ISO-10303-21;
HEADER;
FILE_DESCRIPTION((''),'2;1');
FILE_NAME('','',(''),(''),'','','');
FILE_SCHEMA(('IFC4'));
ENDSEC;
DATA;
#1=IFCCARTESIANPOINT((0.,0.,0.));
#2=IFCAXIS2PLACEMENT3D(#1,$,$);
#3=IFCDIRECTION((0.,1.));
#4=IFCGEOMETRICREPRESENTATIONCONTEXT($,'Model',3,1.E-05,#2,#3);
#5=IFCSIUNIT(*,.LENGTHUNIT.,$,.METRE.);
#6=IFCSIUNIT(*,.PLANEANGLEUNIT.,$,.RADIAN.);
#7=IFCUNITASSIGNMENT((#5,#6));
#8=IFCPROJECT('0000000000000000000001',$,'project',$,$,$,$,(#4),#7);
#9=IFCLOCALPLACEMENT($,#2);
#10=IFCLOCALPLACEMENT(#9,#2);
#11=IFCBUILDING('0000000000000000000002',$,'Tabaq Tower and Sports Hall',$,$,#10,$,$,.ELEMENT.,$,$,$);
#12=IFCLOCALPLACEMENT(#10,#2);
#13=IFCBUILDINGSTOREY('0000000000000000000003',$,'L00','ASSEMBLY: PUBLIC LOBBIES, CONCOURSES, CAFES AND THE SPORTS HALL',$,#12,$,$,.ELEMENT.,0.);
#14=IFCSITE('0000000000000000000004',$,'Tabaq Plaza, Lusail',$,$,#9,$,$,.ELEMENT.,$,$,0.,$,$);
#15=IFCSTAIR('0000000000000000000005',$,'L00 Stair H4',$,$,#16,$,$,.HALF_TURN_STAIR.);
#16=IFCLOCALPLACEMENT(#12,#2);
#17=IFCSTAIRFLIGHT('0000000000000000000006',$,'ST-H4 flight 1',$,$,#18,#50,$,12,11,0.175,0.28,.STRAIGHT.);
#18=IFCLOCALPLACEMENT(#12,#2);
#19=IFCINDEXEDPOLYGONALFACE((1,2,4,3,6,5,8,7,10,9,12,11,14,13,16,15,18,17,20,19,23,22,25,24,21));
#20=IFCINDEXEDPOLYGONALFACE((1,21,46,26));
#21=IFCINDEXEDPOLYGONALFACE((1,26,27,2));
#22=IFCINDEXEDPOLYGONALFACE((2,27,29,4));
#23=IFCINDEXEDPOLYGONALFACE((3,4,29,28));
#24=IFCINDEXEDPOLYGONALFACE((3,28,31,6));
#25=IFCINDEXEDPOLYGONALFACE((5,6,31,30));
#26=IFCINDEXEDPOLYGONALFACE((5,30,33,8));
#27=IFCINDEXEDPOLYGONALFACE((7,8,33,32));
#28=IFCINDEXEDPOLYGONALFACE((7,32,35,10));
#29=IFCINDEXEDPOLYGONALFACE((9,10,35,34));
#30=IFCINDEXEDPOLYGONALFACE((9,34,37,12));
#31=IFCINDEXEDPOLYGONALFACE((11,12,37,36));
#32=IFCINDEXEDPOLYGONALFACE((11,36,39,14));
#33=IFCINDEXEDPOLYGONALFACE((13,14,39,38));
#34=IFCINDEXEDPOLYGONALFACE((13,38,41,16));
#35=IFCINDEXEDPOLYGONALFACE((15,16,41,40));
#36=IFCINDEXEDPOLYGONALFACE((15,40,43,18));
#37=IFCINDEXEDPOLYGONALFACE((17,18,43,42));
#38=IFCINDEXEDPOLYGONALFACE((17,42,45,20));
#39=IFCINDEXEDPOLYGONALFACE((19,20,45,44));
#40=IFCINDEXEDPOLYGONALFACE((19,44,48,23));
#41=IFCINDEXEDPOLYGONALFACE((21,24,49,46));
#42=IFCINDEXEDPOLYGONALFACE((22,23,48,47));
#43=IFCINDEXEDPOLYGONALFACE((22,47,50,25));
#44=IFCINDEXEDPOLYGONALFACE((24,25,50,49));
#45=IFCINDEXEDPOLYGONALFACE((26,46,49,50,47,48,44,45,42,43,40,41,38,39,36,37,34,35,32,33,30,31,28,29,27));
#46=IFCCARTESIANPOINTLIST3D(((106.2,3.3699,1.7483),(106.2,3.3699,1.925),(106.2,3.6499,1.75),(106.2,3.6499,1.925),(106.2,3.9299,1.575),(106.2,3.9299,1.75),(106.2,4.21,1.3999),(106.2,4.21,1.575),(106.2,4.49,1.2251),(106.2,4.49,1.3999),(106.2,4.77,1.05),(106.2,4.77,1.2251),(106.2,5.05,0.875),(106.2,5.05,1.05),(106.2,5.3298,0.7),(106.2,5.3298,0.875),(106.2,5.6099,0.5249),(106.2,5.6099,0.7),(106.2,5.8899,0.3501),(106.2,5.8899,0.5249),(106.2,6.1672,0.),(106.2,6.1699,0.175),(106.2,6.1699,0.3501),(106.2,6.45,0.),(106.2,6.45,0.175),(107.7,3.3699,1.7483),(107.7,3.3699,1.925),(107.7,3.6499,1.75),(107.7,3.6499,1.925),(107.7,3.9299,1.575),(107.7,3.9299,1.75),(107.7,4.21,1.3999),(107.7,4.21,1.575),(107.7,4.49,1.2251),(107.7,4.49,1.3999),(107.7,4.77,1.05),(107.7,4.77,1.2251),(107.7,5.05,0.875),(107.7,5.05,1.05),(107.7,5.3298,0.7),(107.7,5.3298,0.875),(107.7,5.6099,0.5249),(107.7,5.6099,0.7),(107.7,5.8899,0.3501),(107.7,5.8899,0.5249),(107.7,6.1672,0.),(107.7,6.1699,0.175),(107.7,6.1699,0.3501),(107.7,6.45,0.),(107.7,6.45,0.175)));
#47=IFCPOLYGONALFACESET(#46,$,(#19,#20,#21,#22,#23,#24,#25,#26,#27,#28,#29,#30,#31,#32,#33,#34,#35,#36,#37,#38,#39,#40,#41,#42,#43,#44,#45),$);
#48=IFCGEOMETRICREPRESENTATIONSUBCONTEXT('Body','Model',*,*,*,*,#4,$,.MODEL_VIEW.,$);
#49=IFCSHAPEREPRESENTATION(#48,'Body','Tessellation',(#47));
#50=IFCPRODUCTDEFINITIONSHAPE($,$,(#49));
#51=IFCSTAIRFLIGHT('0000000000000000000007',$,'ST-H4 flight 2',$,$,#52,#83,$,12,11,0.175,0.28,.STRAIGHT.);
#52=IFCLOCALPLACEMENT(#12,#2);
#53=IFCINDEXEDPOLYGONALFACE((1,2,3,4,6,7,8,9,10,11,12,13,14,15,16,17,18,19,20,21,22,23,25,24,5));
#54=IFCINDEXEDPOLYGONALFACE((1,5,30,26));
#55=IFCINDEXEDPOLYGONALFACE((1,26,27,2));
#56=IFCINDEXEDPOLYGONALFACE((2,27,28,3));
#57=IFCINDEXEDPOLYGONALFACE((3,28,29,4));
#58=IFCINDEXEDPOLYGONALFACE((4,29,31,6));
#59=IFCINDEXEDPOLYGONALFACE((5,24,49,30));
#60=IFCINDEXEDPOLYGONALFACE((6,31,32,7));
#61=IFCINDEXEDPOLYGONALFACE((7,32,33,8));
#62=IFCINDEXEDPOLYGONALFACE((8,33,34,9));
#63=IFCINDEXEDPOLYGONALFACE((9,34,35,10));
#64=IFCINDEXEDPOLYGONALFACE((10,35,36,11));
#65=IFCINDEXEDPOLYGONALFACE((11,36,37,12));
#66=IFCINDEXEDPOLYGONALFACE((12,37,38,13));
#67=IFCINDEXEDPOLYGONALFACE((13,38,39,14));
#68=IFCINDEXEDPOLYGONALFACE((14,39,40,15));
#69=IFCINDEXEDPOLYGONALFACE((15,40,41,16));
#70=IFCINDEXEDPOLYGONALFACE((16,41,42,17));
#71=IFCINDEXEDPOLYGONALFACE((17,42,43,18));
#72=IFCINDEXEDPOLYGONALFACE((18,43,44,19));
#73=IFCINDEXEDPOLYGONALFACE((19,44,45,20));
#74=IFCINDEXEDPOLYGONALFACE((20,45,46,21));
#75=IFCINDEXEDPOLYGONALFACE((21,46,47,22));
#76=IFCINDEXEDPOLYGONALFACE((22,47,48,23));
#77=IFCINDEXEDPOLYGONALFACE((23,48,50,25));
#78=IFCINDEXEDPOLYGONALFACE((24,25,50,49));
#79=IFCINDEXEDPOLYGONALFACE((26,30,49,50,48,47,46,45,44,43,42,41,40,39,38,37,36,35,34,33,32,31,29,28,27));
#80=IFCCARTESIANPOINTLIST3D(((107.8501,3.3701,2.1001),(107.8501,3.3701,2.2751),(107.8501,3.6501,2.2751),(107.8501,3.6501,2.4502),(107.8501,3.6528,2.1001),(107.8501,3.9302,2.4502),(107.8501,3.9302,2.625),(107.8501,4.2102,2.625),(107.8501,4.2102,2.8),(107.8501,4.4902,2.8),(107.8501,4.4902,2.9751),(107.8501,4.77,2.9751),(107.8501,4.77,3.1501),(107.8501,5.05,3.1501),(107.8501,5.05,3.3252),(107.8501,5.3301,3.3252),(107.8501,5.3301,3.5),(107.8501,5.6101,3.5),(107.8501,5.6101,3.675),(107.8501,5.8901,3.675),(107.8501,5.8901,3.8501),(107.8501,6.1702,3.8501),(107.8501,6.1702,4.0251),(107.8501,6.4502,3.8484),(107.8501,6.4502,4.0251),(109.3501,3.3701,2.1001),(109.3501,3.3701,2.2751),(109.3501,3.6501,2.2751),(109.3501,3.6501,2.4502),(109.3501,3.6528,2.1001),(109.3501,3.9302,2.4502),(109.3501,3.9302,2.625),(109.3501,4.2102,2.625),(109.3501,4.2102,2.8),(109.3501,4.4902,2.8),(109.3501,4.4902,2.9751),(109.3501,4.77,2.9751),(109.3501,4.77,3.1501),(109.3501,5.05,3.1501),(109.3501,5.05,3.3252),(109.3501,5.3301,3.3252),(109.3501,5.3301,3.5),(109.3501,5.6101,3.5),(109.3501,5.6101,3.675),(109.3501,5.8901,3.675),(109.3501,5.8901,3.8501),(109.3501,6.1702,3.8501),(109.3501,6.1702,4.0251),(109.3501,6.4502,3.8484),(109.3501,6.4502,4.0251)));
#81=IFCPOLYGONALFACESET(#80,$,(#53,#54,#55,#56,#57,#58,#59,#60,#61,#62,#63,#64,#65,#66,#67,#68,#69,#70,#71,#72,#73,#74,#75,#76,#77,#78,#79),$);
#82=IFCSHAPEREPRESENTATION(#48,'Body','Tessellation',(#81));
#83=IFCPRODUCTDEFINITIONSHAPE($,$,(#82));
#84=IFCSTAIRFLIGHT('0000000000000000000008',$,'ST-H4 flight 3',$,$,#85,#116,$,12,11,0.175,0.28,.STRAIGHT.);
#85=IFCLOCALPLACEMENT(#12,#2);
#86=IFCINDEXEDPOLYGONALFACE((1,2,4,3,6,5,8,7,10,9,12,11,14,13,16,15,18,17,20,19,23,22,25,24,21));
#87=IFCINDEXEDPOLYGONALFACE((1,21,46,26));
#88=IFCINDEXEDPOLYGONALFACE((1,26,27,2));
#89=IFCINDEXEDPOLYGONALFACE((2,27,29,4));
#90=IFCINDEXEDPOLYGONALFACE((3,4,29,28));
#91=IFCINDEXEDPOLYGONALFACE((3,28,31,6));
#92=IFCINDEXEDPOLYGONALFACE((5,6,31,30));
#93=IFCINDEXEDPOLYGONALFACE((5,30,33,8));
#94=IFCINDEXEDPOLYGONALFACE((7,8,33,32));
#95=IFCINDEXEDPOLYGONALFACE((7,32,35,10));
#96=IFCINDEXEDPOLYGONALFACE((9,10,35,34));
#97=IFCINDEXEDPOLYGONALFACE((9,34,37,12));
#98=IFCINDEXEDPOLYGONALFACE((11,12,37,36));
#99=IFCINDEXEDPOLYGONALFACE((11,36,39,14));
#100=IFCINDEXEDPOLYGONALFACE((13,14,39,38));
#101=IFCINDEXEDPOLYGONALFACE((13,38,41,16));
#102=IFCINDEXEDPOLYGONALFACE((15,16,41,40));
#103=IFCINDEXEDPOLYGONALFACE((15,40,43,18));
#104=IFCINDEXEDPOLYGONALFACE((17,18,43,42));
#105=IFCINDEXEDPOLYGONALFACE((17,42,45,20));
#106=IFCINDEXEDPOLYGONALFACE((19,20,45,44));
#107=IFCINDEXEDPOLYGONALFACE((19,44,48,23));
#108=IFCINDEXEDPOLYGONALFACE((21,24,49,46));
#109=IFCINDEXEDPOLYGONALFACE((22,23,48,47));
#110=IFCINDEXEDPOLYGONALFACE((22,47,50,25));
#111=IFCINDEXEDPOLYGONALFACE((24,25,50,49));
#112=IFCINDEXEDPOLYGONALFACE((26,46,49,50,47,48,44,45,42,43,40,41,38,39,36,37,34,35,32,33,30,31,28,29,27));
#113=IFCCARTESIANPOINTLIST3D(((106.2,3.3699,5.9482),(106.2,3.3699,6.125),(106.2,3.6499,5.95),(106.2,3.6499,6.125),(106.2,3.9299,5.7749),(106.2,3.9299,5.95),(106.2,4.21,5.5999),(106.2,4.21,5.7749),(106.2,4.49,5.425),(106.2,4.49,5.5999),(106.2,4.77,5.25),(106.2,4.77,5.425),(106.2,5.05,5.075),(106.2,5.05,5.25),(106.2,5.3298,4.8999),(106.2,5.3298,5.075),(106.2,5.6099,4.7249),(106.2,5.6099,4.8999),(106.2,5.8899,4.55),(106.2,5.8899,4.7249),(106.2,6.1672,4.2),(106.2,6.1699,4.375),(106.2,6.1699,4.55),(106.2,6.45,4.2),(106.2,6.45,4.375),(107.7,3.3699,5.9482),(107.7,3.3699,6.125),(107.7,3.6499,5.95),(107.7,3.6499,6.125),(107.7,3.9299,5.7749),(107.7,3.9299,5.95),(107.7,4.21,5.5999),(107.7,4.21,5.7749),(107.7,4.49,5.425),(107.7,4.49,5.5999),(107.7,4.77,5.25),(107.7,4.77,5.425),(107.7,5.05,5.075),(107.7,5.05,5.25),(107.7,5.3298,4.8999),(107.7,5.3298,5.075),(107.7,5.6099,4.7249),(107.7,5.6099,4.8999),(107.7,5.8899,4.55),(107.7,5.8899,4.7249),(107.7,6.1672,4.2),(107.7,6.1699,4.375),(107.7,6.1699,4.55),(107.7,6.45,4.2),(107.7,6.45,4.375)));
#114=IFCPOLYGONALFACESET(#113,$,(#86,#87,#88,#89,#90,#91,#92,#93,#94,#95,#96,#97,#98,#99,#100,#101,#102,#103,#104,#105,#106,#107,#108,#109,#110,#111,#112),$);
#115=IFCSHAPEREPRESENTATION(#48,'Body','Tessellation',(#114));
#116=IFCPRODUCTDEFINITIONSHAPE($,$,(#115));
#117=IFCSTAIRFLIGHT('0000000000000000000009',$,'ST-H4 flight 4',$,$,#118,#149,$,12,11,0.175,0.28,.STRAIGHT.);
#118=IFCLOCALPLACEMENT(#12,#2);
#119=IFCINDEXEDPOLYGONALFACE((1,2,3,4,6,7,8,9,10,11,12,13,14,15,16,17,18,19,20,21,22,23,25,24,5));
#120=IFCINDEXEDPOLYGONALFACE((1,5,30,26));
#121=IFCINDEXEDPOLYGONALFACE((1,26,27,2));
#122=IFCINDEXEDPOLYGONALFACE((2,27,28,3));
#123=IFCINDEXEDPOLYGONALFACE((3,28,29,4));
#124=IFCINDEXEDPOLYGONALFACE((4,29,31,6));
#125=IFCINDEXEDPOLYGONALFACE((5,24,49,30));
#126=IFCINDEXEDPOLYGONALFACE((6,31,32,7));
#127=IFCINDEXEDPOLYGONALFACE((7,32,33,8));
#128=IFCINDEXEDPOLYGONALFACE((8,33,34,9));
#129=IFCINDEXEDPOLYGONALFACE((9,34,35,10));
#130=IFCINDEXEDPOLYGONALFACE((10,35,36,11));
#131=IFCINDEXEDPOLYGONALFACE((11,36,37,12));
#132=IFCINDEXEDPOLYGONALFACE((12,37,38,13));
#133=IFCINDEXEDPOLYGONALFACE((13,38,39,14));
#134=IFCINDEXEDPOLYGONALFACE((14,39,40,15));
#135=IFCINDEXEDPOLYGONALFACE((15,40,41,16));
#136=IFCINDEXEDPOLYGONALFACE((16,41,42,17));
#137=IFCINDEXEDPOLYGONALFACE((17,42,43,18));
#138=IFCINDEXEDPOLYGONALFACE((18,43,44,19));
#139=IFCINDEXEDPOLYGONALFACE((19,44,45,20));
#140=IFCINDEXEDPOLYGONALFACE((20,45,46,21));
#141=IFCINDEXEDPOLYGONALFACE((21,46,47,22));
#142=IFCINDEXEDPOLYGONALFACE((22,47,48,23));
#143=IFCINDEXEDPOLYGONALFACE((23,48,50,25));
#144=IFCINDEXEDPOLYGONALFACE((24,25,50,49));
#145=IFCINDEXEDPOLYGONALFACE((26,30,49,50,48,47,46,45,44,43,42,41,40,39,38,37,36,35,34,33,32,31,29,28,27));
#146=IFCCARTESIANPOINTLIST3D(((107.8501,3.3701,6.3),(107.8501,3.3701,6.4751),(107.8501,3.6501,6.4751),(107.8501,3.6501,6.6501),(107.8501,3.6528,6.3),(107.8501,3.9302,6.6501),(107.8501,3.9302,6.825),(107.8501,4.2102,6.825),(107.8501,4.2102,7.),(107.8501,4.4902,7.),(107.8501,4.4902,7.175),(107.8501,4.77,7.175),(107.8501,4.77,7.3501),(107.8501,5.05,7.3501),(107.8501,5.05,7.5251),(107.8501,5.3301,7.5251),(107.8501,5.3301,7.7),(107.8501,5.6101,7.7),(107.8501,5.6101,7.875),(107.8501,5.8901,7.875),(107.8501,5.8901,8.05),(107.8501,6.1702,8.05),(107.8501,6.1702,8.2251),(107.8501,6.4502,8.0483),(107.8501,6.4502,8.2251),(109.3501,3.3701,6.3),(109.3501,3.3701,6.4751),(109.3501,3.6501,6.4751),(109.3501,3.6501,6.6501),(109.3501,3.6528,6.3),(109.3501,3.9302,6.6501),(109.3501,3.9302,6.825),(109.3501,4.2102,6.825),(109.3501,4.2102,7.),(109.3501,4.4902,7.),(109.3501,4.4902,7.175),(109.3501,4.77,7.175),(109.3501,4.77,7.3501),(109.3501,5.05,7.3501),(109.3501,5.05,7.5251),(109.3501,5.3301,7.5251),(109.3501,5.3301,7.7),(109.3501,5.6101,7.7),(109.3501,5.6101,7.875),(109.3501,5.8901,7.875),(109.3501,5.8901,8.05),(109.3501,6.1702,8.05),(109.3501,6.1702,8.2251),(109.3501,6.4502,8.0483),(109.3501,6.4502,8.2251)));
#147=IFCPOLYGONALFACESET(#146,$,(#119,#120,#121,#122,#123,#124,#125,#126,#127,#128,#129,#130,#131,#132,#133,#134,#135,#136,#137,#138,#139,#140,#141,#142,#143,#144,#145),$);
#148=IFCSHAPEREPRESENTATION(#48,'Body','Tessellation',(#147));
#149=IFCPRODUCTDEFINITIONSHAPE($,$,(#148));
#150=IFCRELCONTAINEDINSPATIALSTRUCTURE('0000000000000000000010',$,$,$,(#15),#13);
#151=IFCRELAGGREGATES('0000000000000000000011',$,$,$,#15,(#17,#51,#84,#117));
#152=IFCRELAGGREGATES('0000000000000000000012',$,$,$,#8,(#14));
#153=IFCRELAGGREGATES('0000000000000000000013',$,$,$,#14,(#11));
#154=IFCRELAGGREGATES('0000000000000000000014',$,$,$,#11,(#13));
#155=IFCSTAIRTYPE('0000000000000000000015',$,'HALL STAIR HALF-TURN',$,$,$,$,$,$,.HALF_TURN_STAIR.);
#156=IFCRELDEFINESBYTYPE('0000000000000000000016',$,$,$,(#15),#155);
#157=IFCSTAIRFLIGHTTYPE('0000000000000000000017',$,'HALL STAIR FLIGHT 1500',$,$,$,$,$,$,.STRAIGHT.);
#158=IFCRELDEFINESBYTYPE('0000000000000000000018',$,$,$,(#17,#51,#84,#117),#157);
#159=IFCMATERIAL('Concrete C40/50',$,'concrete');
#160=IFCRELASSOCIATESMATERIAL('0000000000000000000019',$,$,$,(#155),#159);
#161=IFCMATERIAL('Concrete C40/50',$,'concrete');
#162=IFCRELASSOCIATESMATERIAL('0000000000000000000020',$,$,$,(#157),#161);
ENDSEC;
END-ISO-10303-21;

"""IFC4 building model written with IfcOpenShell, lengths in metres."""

from ifc_helpers import new_model, si_unit, direction, frame, origin, place, context, subcontext, project, spatial, polyline, outline, extrude, material, type_object, element, aggregate, save


model = new_model("IFC4")

# Units and contexts
model_context = context("Model", 3, precision=1e-05, world=origin(), true_north=direction((0.0, 1.0)))
body_context = subcontext(model_context, "Body", "Model", "MODEL_VIEW")
ifc_project = project(units=[si_unit("LENGTHUNIT", "METRE"), si_unit("PLANEANGLEUNIT", "RADIAN")], contexts=[model_context])

# Site, building, storey
site_placement = place(None, origin())
site = spatial("IfcSite", under=ifc_project, at=site_placement, Name="Tabaq Plaza, Lusail", CompositionType="ELEMENT", RefElevation=0.0)
building_placement = place(site_placement, origin())
building = spatial("IfcBuilding", under=site, at=building_placement, Name="Tabaq Tower and Sports Hall", CompositionType="ELEMENT")
storey_placement = place(building_placement, origin())
storey = spatial("IfcBuildingStorey", under=building, at=storey_placement, Name="L00", Description="ASSEMBLY: PUBLIC LOBBIES, CONCOURSES, CAFES AND THE SPORTS HALL", CompositionType="ELEMENT", Elevation=0.0)

# Stair, stair flights
ifc_material_1 = material(Name="Concrete C40/50", Category="concrete")
stair_type = type_object("IfcStairType", Name="HALL STAIR HALF-TURN", PredefinedType="HALF_TURN_STAIR", material=ifc_material_1)
ifc_material_2 = material(Name="Concrete C40/50", Category="concrete")
stair_flight_type = type_object("IfcStairFlightType", Name="HALL STAIR FLIGHT 1500", PredefinedType="STRAIGHT", material=ifc_material_2)
stair_1_placement = place(storey_placement, origin())
stair_1 = element("IfcStair", 1, at=stair_1_placement, inside=storey, type_object=stair_type, Name="L00 Stair H4", PredefinedType="HALF_TURN_STAIR")
stair_flight_1_placement = place(storey_placement, frame((106.95, 6.45, 0.0), z_axis=(0.0, 0.0, 1.0), x_axis=(0.0, -1.0, 0.0)))
stair_flight_1 = element("IfcStairFlight", 2, at=stair_flight_1_placement, type_object=stair_flight_type, Name="ST-H4 flight 1", NumberOfRisers=12, NumberOfTreads=11, PredefinedType="STRAIGHT", RiserHeight=0.175, TreadLength=0.28, context=body_context, shape_type="SweptSolid", body=[
    extrude(outline(polyline([(0.0, 0.0), (0.0, 0.175), (0.28, 0.175), (0.28, 0.3501), (0.5601, 0.3501), (0.5601, 0.5249), (0.8401, 0.5249), (0.8401, 0.7), (1.1201, 0.7), (1.1201, 0.875), (1.3999, 0.875), (1.3999, 1.05), (1.6799, 1.05), (1.6799, 1.2251), (1.96, 1.2251), (1.96, 1.3999), (2.24, 1.3999), (2.24, 1.575), (2.52, 1.575), (2.52, 1.75), (2.8, 1.75), (2.8, 1.925), (3.0801, 1.925), (3.0801, 2.1001), (3.0801, 1.7483), (0.2827, 0.0), (0.0, 0.0)])), frame((0.0, 0.75, 0.0), z_axis=(0.0, -1.0, 0.0), x_axis=(1.0, 0.0, 0.0)), (0.0, 0.0, 1.0), 1.5),
])
stair_flight_2_placement = place(storey_placement, frame((108.6001, 3.3701, 2.1001), z_axis=(0.0, 0.0, 1.0), x_axis=(0.0, 1.0, 0.0)))
stair_flight_2 = element("IfcStairFlight", 3, at=stair_flight_2_placement, type_object=stair_flight_type, Name="ST-H4 flight 2", NumberOfRisers=12, NumberOfTreads=11, PredefinedType="STRAIGHT", RiserHeight=0.175, TreadLength=0.28, context=body_context, shape_type="SweptSolid", body=[
    extrude(outline(polyline([(0.0, 0.0), (0.0, 0.175), (0.28, 0.175), (0.28, 0.3501), (0.5601, 0.3501), (0.5601, 0.5249), (0.8401, 0.5249), (0.8401, 0.7), (1.1201, 0.7), (1.1201, 0.875), (1.3999, 0.875), (1.3999, 1.05), (1.6799, 1.05), (1.6799, 1.2251), (1.96, 1.2251), (1.96, 1.3999), (2.24, 1.3999), (2.24, 1.575), (2.52, 1.575), (2.52, 1.75), (2.8, 1.75), (2.8, 1.925), (3.0801, 1.925), (3.0801, 2.1001), (3.0801, 1.7483), (0.2827, 0.0), (0.0, 0.0)])), frame((0.0, 0.75, 0.0), z_axis=(0.0, -1.0, 0.0), x_axis=(1.0, 0.0, 0.0)), (0.0, 0.0, 1.0), 1.5),
])
stair_flight_3_placement = place(storey_placement, frame((106.95, 6.45, 4.2), z_axis=(0.0, 0.0, 1.0), x_axis=(0.0, -1.0, 0.0)))
stair_flight_3 = element("IfcStairFlight", 4, at=stair_flight_3_placement, type_object=stair_flight_type, Name="ST-H4 flight 3", NumberOfRisers=12, NumberOfTreads=11, PredefinedType="STRAIGHT", RiserHeight=0.175, TreadLength=0.28, context=body_context, shape_type="SweptSolid", body=[
    extrude(outline(polyline([(0.0, 0.0), (0.0, 0.175), (0.28, 0.175), (0.28, 0.3501), (0.5601, 0.3501), (0.5601, 0.5249), (0.8401, 0.5249), (0.8401, 0.7), (1.1201, 0.7), (1.1201, 0.875), (1.3999, 0.875), (1.3999, 1.05), (1.6799, 1.05), (1.6799, 1.2251), (1.96, 1.2251), (1.96, 1.3999), (2.24, 1.3999), (2.24, 1.575), (2.52, 1.575), (2.52, 1.75), (2.8, 1.75), (2.8, 1.925), (3.0801, 1.925), (3.0801, 2.1001), (3.0801, 1.7483), (0.2827, 0.0), (0.0, 0.0)])), frame((0.0, 0.75, 0.0), z_axis=(0.0, -1.0, 0.0), x_axis=(1.0, 0.0, 0.0)), (0.0, 0.0, 1.0), 1.5),
])
stair_flight_4_placement = place(storey_placement, frame((108.6001, 3.3701, 6.3), z_axis=(0.0, 0.0, 1.0), x_axis=(0.0, 1.0, 0.0)))
stair_flight_4 = element("IfcStairFlight", 5, at=stair_flight_4_placement, type_object=stair_flight_type, Name="ST-H4 flight 4", NumberOfRisers=12, NumberOfTreads=11, PredefinedType="STRAIGHT", RiserHeight=0.175, TreadLength=0.28, context=body_context, shape_type="SweptSolid", body=[
    extrude(outline(polyline([(0.0, 0.0), (0.0, 0.175), (0.28, 0.175), (0.28, 0.3501), (0.5601, 0.3501), (0.5601, 0.5249), (0.8401, 0.5249), (0.8401, 0.7), (1.1201, 0.7), (1.1201, 0.875), (1.3999, 0.875), (1.3999, 1.05), (1.6799, 1.05), (1.6799, 1.2251), (1.96, 1.2251), (1.96, 1.3999), (2.24, 1.3999), (2.24, 1.575), (2.52, 1.575), (2.52, 1.75), (2.8, 1.75), (2.8, 1.925), (3.0801, 1.925), (3.0801, 2.1001), (3.0801, 1.7483), (0.2827, 0.0), (0.0, 0.0)])), frame((0.0, 0.75, 0.0), z_axis=(0.0, -1.0, 0.0), x_axis=(1.0, 0.0, 0.0)), (0.0, 0.0, 1.0), 1.5),
])
aggregate(stair_1, [stair_flight_1, stair_flight_2, stair_flight_3, stair_flight_4])

save(model, "model.ifc")
